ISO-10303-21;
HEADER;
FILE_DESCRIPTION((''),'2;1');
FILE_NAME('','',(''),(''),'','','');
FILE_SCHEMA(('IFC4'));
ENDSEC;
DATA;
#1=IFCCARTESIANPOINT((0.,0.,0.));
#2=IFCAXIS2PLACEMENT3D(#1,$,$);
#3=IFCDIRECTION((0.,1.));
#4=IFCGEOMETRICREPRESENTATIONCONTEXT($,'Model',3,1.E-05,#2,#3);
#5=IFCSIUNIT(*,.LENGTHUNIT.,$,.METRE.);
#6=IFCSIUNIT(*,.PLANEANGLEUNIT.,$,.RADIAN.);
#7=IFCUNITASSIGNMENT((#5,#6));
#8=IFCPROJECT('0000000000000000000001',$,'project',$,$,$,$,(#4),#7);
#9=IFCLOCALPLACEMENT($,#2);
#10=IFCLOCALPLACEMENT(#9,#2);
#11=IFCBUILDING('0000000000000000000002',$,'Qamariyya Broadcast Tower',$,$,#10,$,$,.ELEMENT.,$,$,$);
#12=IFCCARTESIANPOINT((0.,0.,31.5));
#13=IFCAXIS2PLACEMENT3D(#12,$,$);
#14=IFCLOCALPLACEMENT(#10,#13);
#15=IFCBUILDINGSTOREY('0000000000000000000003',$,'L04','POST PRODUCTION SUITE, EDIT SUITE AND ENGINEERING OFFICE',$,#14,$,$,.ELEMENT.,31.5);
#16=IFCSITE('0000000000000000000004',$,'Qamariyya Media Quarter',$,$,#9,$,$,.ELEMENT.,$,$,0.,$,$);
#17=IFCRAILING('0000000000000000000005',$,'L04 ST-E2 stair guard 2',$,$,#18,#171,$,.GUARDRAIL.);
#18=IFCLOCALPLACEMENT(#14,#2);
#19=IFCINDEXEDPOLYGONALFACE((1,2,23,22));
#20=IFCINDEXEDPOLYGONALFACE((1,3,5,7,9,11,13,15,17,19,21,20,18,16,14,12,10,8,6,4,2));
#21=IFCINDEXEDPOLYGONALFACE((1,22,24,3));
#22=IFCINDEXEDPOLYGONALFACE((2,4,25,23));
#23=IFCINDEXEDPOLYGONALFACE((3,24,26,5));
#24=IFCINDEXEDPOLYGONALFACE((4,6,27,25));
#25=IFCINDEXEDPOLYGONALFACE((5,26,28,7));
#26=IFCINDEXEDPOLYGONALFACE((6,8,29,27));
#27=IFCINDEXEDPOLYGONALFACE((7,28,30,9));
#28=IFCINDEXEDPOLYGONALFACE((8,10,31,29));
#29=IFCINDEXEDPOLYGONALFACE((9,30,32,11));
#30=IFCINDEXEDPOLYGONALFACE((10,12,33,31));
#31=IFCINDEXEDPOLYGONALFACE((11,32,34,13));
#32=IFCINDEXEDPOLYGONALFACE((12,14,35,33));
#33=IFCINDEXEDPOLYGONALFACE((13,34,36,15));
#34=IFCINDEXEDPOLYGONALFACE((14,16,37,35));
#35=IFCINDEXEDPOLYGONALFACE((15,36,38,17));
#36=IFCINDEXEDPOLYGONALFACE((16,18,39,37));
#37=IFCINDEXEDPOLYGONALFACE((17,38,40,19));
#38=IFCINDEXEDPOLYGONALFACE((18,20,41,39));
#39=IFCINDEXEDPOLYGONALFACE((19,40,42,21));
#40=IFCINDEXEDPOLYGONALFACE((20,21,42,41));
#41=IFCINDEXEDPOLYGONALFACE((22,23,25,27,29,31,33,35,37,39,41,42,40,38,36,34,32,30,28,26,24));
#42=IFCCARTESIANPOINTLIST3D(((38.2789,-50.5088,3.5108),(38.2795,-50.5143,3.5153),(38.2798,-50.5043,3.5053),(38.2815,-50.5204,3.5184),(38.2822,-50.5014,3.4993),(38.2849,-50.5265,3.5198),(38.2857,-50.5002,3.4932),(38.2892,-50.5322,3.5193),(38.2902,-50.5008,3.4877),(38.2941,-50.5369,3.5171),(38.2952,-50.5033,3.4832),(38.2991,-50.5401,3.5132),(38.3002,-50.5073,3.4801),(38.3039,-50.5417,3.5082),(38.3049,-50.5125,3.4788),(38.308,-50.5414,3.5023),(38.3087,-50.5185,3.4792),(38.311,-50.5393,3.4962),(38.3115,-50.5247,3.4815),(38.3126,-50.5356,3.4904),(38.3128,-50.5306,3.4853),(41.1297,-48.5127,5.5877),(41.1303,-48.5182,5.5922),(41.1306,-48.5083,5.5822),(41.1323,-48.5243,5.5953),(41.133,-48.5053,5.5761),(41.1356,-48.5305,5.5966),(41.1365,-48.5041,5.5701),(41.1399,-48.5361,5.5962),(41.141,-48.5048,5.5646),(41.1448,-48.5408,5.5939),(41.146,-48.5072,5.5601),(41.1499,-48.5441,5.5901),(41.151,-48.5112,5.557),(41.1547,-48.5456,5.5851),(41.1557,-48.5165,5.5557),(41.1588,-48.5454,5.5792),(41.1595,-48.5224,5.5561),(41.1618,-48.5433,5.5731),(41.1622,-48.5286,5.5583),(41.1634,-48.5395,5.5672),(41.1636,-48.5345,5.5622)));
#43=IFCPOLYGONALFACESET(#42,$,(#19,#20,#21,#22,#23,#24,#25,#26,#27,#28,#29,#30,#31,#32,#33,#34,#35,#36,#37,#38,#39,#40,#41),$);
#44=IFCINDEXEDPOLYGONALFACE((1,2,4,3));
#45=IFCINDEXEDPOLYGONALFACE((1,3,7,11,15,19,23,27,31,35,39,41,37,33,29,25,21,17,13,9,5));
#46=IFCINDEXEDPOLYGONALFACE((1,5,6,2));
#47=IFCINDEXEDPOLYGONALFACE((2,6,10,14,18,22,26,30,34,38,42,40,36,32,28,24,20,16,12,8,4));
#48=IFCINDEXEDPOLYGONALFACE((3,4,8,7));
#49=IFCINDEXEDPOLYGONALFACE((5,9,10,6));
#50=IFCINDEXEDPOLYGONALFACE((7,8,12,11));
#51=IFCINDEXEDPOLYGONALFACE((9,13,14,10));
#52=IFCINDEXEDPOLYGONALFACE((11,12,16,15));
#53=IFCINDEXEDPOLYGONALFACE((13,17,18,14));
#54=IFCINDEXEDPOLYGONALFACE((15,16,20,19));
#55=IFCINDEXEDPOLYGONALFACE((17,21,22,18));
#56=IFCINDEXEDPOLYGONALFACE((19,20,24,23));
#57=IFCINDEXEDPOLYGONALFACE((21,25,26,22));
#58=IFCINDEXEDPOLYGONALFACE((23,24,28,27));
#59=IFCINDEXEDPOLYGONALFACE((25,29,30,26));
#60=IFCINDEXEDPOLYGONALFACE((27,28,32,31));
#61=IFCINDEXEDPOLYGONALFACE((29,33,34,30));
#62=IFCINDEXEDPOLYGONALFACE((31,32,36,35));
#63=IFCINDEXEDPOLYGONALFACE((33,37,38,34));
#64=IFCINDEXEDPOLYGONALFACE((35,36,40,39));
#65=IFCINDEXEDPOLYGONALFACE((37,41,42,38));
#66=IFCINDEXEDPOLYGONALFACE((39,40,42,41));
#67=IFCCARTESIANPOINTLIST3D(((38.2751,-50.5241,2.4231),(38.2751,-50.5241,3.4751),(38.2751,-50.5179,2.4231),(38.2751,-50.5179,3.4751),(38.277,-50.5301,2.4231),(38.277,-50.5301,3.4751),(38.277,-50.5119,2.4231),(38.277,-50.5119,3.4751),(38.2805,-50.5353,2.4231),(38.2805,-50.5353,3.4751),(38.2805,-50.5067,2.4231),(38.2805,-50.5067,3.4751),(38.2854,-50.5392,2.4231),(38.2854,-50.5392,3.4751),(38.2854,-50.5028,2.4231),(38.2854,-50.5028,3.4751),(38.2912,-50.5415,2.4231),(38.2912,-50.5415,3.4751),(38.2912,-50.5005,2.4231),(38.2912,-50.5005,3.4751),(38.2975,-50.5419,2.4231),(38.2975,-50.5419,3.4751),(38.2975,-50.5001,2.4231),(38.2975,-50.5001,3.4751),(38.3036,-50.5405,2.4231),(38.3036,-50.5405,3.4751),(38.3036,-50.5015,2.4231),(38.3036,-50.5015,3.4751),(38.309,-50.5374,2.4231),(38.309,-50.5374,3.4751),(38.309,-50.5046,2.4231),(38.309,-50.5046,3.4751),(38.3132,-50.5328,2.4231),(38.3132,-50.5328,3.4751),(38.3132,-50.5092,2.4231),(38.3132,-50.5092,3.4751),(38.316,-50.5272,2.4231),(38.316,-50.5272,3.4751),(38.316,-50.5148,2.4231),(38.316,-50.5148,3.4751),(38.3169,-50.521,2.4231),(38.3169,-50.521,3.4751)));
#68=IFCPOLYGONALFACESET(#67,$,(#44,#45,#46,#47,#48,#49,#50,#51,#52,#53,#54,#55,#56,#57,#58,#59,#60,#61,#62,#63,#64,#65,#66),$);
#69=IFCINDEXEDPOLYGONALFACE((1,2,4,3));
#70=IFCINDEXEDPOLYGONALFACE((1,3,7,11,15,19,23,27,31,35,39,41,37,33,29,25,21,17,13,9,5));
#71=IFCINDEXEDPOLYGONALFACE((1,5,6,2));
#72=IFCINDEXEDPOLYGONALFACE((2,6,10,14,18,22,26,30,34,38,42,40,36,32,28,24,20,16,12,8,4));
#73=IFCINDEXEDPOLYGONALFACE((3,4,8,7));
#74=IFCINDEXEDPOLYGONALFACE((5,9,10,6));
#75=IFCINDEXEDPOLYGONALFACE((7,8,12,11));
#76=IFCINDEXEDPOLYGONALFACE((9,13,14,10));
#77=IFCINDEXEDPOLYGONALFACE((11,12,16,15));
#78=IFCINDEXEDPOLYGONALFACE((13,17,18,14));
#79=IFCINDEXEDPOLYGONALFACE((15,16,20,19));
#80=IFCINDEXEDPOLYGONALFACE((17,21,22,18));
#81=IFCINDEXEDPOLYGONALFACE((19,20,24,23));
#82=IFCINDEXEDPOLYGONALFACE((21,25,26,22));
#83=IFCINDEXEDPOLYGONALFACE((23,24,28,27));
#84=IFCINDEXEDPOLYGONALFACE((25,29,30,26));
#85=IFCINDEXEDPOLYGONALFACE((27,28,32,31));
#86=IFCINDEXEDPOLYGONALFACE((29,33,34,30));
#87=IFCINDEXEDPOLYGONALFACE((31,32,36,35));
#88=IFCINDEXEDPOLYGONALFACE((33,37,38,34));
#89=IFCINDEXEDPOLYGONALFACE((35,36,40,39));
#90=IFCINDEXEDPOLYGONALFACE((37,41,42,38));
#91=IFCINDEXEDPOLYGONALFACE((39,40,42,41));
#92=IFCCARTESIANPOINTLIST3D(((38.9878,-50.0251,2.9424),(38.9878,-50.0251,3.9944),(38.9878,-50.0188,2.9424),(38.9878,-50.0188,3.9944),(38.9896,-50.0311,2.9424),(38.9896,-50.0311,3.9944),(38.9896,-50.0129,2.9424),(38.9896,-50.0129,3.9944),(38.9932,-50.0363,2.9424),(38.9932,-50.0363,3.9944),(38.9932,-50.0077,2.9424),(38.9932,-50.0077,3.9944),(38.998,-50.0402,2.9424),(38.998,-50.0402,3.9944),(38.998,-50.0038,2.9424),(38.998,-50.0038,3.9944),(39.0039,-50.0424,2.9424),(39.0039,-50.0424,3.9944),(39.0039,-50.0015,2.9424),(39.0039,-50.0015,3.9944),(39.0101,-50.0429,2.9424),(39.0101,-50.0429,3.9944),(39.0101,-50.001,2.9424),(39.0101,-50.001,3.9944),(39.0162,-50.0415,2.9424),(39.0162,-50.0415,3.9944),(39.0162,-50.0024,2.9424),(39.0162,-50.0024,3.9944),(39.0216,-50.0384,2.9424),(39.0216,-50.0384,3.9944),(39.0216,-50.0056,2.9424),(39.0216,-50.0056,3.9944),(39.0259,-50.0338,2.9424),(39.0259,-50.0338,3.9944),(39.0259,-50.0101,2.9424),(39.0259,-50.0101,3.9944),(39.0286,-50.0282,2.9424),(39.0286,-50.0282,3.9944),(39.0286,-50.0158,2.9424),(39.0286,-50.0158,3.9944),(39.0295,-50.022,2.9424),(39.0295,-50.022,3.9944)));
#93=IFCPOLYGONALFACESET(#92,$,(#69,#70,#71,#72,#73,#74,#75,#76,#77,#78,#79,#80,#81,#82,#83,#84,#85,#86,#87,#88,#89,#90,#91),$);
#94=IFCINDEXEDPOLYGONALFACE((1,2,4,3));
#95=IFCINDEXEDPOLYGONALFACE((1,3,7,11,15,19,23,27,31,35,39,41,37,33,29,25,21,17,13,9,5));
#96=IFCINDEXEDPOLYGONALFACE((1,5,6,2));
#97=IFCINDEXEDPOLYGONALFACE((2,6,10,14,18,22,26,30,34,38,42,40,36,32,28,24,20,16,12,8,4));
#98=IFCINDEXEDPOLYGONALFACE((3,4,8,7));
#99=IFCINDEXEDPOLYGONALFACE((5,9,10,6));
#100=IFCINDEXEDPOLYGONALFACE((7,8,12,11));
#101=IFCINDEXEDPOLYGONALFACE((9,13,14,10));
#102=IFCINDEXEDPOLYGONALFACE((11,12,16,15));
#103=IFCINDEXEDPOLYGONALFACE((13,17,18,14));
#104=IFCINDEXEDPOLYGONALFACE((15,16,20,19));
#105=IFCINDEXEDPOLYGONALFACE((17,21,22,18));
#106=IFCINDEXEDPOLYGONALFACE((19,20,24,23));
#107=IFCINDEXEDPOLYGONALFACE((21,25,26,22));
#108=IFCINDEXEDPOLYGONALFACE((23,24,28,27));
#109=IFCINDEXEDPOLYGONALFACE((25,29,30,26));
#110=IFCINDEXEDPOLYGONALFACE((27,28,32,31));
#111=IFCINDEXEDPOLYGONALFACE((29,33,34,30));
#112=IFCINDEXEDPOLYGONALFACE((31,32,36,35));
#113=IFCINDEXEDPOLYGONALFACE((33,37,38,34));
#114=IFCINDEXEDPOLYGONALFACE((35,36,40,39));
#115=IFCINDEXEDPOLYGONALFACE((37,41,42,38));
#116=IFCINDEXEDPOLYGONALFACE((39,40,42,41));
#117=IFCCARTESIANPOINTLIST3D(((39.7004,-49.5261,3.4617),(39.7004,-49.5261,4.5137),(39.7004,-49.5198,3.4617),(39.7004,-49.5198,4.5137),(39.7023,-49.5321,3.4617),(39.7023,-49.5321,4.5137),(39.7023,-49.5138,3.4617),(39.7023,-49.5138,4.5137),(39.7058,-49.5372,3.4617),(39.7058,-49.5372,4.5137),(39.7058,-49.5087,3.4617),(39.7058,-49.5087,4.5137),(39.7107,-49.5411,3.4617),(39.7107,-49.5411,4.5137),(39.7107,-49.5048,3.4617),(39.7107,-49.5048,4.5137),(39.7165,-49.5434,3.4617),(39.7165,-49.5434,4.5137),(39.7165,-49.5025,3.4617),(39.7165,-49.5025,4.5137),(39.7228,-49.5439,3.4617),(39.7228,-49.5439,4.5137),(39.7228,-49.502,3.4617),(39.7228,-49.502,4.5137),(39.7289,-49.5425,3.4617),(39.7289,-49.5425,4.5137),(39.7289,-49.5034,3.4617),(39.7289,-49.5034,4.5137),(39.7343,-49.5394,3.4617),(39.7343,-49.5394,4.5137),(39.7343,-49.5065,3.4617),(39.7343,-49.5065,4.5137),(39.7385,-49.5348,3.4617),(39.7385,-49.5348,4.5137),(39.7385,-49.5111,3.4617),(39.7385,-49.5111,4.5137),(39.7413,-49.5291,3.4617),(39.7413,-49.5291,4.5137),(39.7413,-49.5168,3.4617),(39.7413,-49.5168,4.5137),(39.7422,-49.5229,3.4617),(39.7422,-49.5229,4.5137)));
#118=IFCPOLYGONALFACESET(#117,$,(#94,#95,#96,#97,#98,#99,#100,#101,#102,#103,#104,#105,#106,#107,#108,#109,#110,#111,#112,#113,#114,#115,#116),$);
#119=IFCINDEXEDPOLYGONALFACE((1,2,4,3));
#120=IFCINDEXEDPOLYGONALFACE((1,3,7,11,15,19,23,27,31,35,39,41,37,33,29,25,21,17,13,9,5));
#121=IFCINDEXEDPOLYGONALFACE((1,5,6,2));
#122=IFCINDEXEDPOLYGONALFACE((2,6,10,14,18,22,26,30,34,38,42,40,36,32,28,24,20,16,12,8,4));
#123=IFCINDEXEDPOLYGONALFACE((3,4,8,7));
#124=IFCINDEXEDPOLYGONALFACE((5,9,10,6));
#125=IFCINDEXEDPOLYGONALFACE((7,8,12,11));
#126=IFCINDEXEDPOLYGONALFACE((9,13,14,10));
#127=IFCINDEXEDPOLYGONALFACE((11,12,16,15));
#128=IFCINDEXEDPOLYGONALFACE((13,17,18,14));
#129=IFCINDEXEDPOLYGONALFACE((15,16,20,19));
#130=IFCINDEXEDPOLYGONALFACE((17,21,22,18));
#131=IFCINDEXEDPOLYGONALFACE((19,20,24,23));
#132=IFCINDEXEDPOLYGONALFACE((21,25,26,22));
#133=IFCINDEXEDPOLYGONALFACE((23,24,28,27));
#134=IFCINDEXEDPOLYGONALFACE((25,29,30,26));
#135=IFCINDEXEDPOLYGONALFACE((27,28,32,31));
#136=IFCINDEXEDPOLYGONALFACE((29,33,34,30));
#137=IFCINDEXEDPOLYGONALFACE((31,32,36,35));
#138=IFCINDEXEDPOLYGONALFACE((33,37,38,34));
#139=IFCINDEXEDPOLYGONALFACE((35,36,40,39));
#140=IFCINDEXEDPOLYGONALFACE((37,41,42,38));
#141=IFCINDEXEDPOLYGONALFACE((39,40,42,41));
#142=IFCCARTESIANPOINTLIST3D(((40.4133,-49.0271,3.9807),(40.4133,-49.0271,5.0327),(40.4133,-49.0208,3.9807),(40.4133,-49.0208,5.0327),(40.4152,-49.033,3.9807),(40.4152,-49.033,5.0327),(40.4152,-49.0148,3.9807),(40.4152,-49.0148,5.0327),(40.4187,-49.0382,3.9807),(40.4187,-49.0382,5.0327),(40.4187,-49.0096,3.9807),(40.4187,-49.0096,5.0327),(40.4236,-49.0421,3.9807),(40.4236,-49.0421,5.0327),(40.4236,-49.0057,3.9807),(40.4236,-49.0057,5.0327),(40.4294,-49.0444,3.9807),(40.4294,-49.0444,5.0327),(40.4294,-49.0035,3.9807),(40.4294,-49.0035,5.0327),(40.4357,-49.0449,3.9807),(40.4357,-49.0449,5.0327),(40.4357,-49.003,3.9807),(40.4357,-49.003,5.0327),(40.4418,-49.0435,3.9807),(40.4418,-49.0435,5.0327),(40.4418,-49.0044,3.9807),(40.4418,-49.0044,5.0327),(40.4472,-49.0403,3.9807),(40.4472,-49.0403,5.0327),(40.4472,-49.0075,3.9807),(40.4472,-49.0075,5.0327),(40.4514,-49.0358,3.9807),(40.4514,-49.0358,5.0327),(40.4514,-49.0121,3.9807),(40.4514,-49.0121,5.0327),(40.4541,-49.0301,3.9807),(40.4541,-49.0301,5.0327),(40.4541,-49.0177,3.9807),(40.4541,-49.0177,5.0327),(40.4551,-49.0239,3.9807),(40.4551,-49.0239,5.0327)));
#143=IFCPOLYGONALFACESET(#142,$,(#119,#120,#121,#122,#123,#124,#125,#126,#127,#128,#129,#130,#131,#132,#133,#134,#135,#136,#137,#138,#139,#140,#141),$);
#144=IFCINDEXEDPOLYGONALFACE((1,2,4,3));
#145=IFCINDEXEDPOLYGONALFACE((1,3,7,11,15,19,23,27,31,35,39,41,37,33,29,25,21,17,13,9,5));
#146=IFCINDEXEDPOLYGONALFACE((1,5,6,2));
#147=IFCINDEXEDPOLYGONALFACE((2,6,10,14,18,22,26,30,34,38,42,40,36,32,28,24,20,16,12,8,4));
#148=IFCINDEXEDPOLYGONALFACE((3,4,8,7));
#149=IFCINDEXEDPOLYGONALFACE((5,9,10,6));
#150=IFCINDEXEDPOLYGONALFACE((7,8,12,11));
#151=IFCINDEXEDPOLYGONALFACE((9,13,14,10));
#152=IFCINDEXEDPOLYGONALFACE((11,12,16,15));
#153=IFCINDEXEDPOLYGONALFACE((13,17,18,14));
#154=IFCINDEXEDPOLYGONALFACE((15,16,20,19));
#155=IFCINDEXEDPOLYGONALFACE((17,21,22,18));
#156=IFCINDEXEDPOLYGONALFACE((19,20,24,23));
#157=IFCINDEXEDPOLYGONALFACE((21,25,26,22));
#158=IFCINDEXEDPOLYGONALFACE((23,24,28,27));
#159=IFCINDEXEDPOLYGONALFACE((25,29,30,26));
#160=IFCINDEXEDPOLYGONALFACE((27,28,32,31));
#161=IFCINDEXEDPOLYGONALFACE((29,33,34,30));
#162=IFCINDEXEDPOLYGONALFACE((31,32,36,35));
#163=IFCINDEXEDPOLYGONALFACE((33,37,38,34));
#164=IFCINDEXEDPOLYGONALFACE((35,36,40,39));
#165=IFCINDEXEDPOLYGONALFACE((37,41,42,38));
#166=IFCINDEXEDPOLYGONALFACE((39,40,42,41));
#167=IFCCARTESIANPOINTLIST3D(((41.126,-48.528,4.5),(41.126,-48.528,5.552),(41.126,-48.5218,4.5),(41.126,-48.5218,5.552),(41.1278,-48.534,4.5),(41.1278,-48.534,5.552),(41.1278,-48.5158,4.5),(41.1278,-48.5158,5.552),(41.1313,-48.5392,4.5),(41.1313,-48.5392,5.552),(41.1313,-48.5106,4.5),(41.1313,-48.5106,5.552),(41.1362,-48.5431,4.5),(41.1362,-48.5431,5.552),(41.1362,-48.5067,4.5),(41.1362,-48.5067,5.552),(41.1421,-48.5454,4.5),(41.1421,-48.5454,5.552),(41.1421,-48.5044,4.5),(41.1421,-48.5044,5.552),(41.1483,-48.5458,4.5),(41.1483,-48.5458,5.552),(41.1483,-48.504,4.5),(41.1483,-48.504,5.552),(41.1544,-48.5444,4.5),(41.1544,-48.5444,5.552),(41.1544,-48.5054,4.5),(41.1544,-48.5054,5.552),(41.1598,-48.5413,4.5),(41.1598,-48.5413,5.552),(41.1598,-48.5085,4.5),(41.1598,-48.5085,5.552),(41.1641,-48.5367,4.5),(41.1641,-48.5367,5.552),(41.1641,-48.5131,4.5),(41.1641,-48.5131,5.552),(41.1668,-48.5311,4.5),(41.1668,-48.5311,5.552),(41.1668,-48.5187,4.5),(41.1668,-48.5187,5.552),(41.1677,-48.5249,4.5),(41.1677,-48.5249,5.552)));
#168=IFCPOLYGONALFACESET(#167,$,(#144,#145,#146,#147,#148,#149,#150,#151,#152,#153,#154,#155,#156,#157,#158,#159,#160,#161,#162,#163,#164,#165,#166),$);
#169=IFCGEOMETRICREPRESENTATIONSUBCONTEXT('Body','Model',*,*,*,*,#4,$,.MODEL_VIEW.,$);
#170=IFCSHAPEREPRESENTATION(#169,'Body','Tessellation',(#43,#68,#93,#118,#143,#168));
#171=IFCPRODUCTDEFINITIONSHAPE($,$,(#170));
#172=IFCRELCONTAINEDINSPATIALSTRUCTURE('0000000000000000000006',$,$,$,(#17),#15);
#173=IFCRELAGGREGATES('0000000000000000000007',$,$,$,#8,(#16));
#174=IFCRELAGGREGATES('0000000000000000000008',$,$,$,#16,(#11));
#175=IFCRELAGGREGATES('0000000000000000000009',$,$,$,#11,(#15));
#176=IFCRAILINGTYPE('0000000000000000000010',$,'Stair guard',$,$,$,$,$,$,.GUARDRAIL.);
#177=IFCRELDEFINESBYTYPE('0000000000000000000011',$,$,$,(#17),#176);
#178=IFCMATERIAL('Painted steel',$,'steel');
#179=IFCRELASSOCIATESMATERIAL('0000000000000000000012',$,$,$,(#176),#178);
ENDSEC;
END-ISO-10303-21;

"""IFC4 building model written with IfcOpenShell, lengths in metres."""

from ifc_helpers import new_model, si_unit, direction, frame, origin, origin_2d, place, context, subcontext, project, spatial, circle, extrude, material, type_object, element, save


model = new_model("IFC4")

# Units and contexts
model_context = context("Model", 3, precision=1e-05, world=origin(), true_north=direction((0.0, 1.0)))
body_context = subcontext(model_context, "Body", "Model", "MODEL_VIEW")
ifc_project = project(units=[si_unit("LENGTHUNIT", "METRE"), si_unit("PLANEANGLEUNIT", "RADIAN")], contexts=[model_context])

# Site, building, storey
site_placement = place(None, origin())
site = spatial("IfcSite", under=ifc_project, at=site_placement, Name="Qamariyya Media Quarter", CompositionType="ELEMENT", RefElevation=0.0)
building_placement = place(site_placement, origin())
building = spatial("IfcBuilding", under=site, at=building_placement, Name="Qamariyya Broadcast Tower", CompositionType="ELEMENT")
storey_placement = place(building_placement, frame((0.0, 0.0, 31.5)))
storey = spatial("IfcBuildingStorey", under=building, at=storey_placement, Name="L04", Description="POST PRODUCTION SUITE, EDIT SUITE AND ENGINEERING OFFICE", CompositionType="ELEMENT", Elevation=31.5)

# Railing
ifc_material_1 = material(Name="Painted steel", Category="steel")
railing_type_1 = type_object("IfcRailingType", Name="Stair guard", PredefinedType="GUARDRAIL", material=ifc_material_1)
railing_1_placement = place(storey_placement, frame((38.2959, -50.521, 2.4231)))
element("IfcRailing", 1, at=railing_1_placement, inside=storey, type_object=railing_type_1, Name="L04 ST-E2 stair guard 2", PredefinedType="GUARDRAIL", context=body_context, shape_type="SweptSolid", body=[
    extrude(circle(Radius=0.0239, at=origin_2d()), frame((0.0, 0.0, 1.0762), z_axis=(0.703423, 0.492523, 0.512462), x_axis=(-0.573561, 0.819163, 0.0)), (0.0, 0.0, 1.0), 4.0527),
    extrude(circle(Radius=0.021, at=origin_2d()), origin(), (0.0, 0.0, 1.0), 1.052),
    extrude(circle(Radius=0.021, at=origin_2d()), frame((0.7126, 0.499, 0.5193)), (0.0, 0.0, 1.0), 1.052),
    extrude(circle(Radius=0.021, at=origin_2d()), frame((1.4253, 0.998, 1.0386)), (0.0, 0.0, 1.0), 1.052),
    extrude(circle(Radius=0.021, at=origin_2d()), frame((2.1382, 1.4971, 1.5576)), (0.0, 0.0, 1.0), 1.052),
    extrude(circle(Radius=0.021, at=origin_2d()), frame((2.8508, 1.9961, 2.0769)), (0.0, 0.0, 1.0), 1.052),
])

save(model, "model.ifc")
